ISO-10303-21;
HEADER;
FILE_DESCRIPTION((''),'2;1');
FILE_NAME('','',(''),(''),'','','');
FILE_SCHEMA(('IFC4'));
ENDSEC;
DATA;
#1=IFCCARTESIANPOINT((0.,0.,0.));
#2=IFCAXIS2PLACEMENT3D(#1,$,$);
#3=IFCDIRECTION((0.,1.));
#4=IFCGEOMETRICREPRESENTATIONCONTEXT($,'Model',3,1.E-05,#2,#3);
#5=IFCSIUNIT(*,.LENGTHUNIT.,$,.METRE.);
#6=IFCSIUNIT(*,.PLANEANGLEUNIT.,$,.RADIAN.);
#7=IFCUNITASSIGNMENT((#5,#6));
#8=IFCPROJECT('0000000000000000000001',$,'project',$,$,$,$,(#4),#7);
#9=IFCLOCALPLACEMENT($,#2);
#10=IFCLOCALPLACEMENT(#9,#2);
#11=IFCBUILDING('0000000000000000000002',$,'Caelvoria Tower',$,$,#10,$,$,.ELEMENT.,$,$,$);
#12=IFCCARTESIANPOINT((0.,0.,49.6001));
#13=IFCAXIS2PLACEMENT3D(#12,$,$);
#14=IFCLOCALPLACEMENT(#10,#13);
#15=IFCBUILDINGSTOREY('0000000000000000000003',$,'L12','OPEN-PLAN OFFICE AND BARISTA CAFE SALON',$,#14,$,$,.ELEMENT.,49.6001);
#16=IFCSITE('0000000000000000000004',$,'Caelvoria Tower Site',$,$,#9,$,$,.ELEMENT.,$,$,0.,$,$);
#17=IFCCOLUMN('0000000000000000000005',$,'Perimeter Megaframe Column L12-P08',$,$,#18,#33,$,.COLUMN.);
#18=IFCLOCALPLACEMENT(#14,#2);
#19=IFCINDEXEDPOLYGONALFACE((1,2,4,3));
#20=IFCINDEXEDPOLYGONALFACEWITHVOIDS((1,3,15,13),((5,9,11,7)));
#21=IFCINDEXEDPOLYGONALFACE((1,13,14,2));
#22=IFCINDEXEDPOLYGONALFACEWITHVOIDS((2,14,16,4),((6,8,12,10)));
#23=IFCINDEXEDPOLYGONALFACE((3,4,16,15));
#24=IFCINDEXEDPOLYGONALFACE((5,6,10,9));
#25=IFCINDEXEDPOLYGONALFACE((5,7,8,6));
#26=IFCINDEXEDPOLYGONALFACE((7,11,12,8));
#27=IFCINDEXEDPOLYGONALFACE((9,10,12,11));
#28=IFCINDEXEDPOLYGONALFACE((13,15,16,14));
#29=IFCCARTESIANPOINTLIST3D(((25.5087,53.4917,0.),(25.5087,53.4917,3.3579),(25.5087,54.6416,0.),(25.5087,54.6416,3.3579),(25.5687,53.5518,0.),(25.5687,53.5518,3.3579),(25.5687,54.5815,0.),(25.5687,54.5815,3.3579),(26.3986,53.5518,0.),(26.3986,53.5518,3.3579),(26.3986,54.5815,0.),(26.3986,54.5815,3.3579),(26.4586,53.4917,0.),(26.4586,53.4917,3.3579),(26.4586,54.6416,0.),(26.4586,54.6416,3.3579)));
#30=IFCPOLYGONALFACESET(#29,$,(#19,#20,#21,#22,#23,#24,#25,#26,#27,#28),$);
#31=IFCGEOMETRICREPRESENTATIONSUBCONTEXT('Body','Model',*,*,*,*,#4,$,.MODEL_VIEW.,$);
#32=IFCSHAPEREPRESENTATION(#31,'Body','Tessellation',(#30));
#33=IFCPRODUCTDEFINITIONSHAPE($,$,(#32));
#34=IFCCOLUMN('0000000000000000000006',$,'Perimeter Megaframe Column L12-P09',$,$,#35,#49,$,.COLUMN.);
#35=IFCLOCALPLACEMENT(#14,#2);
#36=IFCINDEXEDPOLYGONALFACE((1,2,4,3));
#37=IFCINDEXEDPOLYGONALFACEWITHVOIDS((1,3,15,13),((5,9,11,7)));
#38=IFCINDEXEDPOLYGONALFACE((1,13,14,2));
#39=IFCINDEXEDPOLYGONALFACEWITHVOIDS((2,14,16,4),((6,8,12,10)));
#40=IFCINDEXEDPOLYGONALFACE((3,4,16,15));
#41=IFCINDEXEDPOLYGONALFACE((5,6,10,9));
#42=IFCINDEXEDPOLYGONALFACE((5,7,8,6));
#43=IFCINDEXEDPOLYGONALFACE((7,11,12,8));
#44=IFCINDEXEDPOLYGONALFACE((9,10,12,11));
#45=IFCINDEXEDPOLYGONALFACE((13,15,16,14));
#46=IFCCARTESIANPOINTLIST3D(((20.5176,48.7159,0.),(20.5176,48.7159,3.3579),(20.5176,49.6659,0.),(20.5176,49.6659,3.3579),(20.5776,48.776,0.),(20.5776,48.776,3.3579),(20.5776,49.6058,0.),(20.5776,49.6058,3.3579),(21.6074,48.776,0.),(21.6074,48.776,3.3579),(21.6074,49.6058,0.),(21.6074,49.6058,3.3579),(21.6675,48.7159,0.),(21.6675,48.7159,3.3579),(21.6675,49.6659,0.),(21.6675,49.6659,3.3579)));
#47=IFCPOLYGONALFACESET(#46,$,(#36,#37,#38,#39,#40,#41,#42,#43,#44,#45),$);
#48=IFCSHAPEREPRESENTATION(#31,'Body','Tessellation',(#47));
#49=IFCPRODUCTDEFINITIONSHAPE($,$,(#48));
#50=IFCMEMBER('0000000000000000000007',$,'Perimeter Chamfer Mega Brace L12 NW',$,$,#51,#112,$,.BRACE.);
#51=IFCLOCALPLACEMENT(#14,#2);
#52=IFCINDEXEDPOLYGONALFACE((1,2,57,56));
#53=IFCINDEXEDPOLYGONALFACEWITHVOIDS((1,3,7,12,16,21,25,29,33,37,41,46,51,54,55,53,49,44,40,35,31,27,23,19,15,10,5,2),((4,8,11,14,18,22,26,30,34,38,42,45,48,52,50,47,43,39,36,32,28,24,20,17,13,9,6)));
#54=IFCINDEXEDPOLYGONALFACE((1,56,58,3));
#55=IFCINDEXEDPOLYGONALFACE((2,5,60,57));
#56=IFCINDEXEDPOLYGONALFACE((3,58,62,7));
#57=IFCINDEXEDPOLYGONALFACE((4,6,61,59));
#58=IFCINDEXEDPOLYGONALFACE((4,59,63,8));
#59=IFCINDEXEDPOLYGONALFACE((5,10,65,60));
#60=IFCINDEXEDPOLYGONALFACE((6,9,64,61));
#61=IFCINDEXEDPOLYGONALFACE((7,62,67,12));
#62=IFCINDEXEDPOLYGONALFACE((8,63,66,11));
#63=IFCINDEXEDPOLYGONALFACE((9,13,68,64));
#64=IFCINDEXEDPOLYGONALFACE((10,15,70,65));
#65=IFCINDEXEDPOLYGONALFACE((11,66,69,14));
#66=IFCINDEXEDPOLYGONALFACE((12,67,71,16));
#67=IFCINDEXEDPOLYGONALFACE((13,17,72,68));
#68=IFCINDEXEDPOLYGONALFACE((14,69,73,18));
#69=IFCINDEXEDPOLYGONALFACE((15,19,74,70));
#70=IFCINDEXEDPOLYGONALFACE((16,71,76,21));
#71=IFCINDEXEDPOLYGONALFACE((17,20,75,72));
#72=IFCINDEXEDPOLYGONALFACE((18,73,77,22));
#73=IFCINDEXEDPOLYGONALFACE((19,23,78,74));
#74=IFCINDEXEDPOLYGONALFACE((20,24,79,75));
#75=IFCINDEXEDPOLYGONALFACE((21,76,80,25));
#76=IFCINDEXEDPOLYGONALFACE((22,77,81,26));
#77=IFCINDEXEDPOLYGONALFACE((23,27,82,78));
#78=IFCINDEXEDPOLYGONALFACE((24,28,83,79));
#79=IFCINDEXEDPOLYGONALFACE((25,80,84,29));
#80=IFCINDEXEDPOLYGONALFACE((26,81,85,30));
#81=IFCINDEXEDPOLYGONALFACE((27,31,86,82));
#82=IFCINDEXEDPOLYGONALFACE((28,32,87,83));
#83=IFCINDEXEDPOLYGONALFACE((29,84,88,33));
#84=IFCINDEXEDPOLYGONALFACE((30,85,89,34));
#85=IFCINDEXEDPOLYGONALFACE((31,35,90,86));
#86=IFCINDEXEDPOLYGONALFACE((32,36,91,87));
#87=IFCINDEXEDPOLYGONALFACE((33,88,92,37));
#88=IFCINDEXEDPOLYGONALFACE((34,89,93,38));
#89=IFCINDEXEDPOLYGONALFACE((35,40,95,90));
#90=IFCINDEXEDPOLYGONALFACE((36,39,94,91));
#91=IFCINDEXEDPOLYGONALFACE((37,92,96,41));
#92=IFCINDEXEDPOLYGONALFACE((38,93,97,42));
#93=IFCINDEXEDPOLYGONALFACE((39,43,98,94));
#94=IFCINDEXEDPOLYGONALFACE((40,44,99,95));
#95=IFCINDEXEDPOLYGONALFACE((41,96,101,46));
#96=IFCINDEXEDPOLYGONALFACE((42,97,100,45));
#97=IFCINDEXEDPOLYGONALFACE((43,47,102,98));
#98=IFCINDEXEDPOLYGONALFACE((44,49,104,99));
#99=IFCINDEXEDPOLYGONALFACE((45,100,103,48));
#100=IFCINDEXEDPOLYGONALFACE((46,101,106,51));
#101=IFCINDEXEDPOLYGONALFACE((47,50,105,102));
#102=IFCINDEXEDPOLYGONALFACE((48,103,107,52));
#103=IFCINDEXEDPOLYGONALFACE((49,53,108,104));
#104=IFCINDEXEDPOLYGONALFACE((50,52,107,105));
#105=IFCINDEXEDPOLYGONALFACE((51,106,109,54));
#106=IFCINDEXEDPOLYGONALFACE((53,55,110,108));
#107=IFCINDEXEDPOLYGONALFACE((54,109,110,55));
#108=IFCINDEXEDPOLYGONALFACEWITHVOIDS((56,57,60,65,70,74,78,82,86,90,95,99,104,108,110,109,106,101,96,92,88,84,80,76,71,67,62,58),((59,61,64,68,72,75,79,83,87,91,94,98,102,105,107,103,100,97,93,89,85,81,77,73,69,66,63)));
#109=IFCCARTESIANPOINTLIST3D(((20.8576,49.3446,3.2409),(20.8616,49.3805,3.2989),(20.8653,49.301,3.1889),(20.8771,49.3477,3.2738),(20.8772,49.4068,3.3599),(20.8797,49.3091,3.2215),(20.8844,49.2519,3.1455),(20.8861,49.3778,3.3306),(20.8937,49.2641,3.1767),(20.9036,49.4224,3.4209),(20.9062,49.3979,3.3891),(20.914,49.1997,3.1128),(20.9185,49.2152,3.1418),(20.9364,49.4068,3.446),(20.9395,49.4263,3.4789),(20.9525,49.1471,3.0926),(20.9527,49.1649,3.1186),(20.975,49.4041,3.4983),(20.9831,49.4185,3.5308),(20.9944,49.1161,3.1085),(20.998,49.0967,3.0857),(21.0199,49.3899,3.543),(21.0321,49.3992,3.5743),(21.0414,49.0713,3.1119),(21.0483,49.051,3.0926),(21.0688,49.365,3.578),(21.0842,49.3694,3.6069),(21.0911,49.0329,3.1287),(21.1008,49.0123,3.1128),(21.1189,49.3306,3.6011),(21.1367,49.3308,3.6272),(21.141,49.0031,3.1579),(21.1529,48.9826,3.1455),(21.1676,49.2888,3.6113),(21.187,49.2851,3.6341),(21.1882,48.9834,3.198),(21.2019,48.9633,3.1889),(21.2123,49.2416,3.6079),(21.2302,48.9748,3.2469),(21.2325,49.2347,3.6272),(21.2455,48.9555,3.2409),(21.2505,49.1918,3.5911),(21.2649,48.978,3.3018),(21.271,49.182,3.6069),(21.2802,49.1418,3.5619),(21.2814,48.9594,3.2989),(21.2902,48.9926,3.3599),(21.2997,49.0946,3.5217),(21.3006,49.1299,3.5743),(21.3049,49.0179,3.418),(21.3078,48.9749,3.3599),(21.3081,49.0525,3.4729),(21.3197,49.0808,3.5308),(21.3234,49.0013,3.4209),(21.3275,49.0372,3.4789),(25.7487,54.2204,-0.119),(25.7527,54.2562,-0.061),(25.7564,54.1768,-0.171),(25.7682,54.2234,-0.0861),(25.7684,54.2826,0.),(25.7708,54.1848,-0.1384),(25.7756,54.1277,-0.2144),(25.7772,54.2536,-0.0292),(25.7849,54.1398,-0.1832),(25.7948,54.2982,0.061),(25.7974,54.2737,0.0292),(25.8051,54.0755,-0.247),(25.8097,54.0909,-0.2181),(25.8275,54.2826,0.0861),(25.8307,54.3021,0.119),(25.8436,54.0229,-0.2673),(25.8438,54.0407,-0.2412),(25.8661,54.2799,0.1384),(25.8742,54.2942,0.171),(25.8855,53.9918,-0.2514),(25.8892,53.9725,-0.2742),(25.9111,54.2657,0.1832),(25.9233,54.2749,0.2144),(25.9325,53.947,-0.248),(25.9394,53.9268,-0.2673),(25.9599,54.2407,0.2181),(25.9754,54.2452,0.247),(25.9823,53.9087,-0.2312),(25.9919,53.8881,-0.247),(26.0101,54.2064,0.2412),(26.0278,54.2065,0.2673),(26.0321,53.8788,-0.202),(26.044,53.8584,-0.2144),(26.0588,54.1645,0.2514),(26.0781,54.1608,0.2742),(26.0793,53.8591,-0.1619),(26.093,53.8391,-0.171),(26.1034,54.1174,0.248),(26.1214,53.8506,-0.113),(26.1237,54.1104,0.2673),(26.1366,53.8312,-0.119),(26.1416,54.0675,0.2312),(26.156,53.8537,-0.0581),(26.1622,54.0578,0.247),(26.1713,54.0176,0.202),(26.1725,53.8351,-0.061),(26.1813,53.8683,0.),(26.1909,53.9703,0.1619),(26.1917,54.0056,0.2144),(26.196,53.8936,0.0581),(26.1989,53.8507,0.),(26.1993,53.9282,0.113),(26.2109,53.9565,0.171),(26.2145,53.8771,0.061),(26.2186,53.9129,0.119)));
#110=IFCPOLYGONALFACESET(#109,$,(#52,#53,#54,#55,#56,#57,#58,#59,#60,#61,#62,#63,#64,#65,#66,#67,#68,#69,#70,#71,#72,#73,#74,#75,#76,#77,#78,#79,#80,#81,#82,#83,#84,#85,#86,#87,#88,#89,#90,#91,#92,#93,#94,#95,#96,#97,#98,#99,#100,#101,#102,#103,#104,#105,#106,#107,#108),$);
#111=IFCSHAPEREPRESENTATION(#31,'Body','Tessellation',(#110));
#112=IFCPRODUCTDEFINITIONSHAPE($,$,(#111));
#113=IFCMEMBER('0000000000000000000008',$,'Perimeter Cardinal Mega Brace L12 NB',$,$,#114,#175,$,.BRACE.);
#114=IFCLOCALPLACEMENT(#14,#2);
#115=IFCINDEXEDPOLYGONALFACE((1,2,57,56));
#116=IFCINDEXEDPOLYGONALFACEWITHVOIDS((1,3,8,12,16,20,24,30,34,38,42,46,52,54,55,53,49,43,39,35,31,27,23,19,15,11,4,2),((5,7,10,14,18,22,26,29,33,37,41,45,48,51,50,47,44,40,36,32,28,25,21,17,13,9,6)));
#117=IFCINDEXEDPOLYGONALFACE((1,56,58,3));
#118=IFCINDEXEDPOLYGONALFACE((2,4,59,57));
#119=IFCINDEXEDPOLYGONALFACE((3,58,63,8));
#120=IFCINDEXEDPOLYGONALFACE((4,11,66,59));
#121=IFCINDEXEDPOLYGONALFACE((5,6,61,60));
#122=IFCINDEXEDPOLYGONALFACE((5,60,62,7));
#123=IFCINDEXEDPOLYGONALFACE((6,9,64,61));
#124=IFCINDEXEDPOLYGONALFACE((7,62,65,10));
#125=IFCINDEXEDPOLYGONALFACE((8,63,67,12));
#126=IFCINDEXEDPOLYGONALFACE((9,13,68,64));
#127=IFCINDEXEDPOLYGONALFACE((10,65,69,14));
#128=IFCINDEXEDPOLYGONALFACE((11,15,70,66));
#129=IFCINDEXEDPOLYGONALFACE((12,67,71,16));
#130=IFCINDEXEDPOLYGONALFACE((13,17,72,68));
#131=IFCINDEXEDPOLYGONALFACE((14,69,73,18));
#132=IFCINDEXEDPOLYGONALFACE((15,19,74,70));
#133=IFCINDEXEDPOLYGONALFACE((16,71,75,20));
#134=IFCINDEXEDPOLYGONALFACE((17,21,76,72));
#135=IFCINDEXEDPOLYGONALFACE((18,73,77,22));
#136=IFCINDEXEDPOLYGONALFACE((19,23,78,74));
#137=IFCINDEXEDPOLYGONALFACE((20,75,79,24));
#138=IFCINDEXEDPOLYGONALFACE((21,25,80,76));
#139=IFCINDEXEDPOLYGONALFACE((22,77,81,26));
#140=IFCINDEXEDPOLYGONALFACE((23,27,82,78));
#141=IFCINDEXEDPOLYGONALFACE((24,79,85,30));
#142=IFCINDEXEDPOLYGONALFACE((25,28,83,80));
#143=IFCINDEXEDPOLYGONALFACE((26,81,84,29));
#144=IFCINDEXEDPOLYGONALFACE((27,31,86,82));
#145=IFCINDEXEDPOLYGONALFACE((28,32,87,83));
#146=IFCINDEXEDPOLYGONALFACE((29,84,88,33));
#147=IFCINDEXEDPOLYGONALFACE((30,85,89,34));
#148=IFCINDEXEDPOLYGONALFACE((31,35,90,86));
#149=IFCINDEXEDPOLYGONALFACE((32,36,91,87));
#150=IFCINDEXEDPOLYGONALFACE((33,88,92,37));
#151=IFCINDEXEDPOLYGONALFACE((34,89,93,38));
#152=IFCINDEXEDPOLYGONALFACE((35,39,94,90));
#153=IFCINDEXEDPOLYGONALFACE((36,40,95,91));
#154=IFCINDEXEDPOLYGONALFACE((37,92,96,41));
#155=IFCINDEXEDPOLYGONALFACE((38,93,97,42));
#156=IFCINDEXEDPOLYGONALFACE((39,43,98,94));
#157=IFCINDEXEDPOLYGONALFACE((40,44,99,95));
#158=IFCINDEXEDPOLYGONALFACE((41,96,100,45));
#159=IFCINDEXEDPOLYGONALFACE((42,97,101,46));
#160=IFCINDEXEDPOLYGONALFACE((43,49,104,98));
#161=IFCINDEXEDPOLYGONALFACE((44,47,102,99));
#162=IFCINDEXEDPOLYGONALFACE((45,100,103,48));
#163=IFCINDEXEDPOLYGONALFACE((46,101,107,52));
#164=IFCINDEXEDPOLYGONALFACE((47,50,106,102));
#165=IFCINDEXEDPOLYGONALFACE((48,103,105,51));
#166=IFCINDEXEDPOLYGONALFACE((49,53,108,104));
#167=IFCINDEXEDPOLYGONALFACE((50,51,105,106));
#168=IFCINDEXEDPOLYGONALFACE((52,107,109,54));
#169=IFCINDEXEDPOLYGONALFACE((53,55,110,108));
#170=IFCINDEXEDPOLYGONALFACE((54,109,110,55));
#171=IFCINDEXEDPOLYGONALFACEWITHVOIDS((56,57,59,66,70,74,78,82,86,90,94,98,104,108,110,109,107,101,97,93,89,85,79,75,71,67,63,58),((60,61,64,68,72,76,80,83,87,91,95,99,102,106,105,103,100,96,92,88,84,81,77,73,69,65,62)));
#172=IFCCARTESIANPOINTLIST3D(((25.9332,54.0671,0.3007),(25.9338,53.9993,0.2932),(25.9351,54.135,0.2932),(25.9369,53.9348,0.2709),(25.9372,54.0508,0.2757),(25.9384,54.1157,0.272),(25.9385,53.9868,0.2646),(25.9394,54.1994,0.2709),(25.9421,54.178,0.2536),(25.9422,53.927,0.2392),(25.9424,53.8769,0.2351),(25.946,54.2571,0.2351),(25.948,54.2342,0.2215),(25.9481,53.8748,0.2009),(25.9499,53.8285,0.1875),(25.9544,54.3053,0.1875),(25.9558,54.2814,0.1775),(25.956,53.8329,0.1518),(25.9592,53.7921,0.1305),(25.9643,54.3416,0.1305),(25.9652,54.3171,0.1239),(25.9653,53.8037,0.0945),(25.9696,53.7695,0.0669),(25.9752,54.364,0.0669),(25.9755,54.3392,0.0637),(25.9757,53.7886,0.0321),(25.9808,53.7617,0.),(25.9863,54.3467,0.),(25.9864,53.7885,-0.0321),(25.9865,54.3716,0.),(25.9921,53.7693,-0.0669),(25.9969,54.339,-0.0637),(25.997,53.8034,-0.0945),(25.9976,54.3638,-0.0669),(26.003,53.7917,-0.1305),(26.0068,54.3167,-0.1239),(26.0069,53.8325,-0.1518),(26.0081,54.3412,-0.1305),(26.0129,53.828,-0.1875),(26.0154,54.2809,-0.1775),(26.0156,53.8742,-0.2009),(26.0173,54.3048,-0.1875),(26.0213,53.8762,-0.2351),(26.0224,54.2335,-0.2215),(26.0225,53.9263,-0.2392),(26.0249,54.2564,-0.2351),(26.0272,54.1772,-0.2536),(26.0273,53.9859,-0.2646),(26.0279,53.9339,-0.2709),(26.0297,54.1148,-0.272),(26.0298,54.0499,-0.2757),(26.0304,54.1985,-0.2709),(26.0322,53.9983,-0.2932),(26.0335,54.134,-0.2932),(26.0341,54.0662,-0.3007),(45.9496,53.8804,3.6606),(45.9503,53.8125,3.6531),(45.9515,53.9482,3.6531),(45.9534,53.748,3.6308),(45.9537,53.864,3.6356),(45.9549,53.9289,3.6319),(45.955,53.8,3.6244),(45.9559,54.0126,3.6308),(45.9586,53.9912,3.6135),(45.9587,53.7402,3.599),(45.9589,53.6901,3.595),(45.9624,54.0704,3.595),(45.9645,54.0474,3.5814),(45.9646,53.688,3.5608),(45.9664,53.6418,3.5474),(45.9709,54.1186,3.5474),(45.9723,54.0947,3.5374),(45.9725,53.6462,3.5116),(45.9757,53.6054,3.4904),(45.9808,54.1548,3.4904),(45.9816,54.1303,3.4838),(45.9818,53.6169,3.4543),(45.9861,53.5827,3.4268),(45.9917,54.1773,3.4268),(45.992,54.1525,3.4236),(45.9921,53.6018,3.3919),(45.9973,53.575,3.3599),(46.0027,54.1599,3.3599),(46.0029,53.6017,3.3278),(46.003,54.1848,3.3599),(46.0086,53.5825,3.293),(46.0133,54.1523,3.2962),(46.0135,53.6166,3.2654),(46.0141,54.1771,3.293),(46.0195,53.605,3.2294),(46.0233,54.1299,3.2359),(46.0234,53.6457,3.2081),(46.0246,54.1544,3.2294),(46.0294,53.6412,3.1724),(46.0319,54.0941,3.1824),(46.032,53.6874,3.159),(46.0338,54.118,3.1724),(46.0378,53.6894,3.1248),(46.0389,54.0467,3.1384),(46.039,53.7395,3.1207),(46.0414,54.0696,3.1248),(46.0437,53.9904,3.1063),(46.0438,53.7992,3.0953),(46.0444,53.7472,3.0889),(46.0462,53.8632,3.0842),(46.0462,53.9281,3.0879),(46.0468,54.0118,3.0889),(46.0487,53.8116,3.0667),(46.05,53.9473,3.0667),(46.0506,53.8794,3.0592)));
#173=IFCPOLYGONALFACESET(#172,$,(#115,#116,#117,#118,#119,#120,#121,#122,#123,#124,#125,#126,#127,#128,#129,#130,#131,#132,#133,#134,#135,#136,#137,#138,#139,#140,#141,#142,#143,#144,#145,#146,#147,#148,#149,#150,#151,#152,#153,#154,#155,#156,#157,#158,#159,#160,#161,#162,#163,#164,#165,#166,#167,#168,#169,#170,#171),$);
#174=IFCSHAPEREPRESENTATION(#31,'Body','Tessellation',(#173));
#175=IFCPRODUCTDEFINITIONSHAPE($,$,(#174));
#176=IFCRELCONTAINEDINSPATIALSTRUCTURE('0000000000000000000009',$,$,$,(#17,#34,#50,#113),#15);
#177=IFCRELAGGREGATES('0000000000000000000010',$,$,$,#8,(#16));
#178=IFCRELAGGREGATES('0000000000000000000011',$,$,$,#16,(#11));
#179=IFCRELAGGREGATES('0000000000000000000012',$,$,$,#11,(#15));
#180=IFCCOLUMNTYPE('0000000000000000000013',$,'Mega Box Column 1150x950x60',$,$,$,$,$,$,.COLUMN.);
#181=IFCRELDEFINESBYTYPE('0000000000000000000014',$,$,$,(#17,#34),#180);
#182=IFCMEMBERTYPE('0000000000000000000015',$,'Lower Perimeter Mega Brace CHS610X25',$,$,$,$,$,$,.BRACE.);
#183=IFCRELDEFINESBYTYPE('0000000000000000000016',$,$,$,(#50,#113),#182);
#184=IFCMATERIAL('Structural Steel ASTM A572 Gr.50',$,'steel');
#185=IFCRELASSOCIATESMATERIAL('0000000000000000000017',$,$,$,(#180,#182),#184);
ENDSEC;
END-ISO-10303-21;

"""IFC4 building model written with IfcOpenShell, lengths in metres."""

from ifc_helpers import new_model, si_unit, direction, frame, origin, origin_2d, place, context, subcontext, project, spatial, hollow_rectangle, hollow_circle, extrude, material, material_profile, profile_set, type_object, element, save


model = new_model("IFC4")

# Units and contexts
model_context = context("Model", 3, precision=1e-05, world=origin(), true_north=direction((0.0, 1.0)))
body_context = subcontext(model_context, "Body", "Model", "MODEL_VIEW")
ifc_project = project(units=[si_unit("LENGTHUNIT", "METRE"), si_unit("PLANEANGLEUNIT", "RADIAN")], contexts=[model_context])

# Site, building, storey
site_placement = place(None, origin())
site = spatial("IfcSite", under=ifc_project, at=site_placement, Name="Caelvoria Tower Site", CompositionType="ELEMENT", RefElevation=0.0)
building_placement = place(site_placement, origin())
building = spatial("IfcBuilding", under=site, at=building_placement, Name="Caelvoria Tower", CompositionType="ELEMENT")
storey_placement = place(building_placement, frame((0.0, 0.0, 49.6001)))
storey = spatial("IfcBuildingStorey", under=building, at=storey_placement, Name="L12", Description="OPEN-PLAN OFFICE AND BARISTA CAFE SALON", CompositionType="ELEMENT", Elevation=49.6001)

# Columns
ifc_material_1 = material(Name="Structural Steel ASTM A572 Gr.50", Category="steel")
ifc_material_profile_1 = material_profile(ifc_material_1, hollow_rectangle(XDim=0.95, YDim=1.1499, WallThickness=0.0601, at=origin_2d()), Name="Structural Steel ASTM A572 Gr.50")
ifc_profile_set_1 = profile_set([ifc_material_profile_1], Name="BOX1150X950X60 - Structural Steel ASTM A572 Gr.50")
column_type = type_object("IfcColumnType", Name="Mega Box Column 1150x950x60", PredefinedType="COLUMN", material=ifc_profile_set_1)
for number, where, z_axis, x_axis, name in (
    (1, (25.9836, 54.0667, 0.0), (0.0, 0.0, 1.0), (1.0, 0.0, 0.0), "Perimeter Megaframe Column L12-P08"),
    (2, (21.0925, 49.1909, 0.0), (0.0, 0.0, 1.0), (0.0, 1.0, 0.0), "Perimeter Megaframe Column L12-P09"),
):
    element("IfcColumn", number, at=place(storey_placement, frame(where, z_axis=z_axis, x_axis=x_axis)), inside=storey, type_object=column_type, Name=name, PredefinedType="COLUMN", context=body_context, shape_type="SweptSolid", body=[
        extrude(hollow_rectangle(XDim=0.95, YDim=1.1499, WallThickness=0.0601, at=origin_2d()), origin(), (0.0, 0.0, 1.0), 3.3579),
    ])

# Members
ifc_material_profile_2 = material_profile(ifc_material_1, hollow_circle(Radius=0.3049, WallThickness=0.0249, at=origin_2d()), Name="Structural Steel ASTM A572 Gr.50")
ifc_profile_set_2 = profile_set([ifc_material_profile_2], Name="CHS610X25 - Structural Steel ASTM A572 Gr.50")
member_type = type_object("IfcMemberType", Name="Lower Perimeter Mega Brace CHS610X25", PredefinedType="BRACE", material=ifc_profile_set_2)
member_1_placement = place(storey_placement, frame((25.9836, 54.0667, 0.0), z_axis=(-0.636853, -0.63485, 0.437475), x_axis=(0.705992, -0.708219, 0.0)))
element("IfcMember", 3, at=member_1_placement, inside=storey, type_object=member_type, Name="Perimeter Chamfer Mega Brace L12 NW", PredefinedType="BRACE", context=body_context, shape_type="SweptSolid", body=[
    extrude(hollow_circle(Radius=0.3049, WallThickness=0.0249, at=origin_2d()), origin(), (0.0, 0.0, 1.0), 7.6802),
])
member_2_placement = place(storey_placement, frame((25.9836, 54.0667, 0.0), z_axis=(0.986161, -0.009202, 0.165533), x_axis=(0.00933, 0.999956, 0.0)))
element("IfcMember", 4, at=member_2_placement, inside=storey, type_object=member_type, Name="Perimeter Cardinal Mega Brace L12 NB", PredefinedType="BRACE", context=body_context, shape_type="SweptSolid", body=[
    extrude(hollow_circle(Radius=0.3049, WallThickness=0.0249, at=origin_2d()), origin(), (0.0, 0.0, 1.0), 20.2974),
])

save(model, "model.ifc")
